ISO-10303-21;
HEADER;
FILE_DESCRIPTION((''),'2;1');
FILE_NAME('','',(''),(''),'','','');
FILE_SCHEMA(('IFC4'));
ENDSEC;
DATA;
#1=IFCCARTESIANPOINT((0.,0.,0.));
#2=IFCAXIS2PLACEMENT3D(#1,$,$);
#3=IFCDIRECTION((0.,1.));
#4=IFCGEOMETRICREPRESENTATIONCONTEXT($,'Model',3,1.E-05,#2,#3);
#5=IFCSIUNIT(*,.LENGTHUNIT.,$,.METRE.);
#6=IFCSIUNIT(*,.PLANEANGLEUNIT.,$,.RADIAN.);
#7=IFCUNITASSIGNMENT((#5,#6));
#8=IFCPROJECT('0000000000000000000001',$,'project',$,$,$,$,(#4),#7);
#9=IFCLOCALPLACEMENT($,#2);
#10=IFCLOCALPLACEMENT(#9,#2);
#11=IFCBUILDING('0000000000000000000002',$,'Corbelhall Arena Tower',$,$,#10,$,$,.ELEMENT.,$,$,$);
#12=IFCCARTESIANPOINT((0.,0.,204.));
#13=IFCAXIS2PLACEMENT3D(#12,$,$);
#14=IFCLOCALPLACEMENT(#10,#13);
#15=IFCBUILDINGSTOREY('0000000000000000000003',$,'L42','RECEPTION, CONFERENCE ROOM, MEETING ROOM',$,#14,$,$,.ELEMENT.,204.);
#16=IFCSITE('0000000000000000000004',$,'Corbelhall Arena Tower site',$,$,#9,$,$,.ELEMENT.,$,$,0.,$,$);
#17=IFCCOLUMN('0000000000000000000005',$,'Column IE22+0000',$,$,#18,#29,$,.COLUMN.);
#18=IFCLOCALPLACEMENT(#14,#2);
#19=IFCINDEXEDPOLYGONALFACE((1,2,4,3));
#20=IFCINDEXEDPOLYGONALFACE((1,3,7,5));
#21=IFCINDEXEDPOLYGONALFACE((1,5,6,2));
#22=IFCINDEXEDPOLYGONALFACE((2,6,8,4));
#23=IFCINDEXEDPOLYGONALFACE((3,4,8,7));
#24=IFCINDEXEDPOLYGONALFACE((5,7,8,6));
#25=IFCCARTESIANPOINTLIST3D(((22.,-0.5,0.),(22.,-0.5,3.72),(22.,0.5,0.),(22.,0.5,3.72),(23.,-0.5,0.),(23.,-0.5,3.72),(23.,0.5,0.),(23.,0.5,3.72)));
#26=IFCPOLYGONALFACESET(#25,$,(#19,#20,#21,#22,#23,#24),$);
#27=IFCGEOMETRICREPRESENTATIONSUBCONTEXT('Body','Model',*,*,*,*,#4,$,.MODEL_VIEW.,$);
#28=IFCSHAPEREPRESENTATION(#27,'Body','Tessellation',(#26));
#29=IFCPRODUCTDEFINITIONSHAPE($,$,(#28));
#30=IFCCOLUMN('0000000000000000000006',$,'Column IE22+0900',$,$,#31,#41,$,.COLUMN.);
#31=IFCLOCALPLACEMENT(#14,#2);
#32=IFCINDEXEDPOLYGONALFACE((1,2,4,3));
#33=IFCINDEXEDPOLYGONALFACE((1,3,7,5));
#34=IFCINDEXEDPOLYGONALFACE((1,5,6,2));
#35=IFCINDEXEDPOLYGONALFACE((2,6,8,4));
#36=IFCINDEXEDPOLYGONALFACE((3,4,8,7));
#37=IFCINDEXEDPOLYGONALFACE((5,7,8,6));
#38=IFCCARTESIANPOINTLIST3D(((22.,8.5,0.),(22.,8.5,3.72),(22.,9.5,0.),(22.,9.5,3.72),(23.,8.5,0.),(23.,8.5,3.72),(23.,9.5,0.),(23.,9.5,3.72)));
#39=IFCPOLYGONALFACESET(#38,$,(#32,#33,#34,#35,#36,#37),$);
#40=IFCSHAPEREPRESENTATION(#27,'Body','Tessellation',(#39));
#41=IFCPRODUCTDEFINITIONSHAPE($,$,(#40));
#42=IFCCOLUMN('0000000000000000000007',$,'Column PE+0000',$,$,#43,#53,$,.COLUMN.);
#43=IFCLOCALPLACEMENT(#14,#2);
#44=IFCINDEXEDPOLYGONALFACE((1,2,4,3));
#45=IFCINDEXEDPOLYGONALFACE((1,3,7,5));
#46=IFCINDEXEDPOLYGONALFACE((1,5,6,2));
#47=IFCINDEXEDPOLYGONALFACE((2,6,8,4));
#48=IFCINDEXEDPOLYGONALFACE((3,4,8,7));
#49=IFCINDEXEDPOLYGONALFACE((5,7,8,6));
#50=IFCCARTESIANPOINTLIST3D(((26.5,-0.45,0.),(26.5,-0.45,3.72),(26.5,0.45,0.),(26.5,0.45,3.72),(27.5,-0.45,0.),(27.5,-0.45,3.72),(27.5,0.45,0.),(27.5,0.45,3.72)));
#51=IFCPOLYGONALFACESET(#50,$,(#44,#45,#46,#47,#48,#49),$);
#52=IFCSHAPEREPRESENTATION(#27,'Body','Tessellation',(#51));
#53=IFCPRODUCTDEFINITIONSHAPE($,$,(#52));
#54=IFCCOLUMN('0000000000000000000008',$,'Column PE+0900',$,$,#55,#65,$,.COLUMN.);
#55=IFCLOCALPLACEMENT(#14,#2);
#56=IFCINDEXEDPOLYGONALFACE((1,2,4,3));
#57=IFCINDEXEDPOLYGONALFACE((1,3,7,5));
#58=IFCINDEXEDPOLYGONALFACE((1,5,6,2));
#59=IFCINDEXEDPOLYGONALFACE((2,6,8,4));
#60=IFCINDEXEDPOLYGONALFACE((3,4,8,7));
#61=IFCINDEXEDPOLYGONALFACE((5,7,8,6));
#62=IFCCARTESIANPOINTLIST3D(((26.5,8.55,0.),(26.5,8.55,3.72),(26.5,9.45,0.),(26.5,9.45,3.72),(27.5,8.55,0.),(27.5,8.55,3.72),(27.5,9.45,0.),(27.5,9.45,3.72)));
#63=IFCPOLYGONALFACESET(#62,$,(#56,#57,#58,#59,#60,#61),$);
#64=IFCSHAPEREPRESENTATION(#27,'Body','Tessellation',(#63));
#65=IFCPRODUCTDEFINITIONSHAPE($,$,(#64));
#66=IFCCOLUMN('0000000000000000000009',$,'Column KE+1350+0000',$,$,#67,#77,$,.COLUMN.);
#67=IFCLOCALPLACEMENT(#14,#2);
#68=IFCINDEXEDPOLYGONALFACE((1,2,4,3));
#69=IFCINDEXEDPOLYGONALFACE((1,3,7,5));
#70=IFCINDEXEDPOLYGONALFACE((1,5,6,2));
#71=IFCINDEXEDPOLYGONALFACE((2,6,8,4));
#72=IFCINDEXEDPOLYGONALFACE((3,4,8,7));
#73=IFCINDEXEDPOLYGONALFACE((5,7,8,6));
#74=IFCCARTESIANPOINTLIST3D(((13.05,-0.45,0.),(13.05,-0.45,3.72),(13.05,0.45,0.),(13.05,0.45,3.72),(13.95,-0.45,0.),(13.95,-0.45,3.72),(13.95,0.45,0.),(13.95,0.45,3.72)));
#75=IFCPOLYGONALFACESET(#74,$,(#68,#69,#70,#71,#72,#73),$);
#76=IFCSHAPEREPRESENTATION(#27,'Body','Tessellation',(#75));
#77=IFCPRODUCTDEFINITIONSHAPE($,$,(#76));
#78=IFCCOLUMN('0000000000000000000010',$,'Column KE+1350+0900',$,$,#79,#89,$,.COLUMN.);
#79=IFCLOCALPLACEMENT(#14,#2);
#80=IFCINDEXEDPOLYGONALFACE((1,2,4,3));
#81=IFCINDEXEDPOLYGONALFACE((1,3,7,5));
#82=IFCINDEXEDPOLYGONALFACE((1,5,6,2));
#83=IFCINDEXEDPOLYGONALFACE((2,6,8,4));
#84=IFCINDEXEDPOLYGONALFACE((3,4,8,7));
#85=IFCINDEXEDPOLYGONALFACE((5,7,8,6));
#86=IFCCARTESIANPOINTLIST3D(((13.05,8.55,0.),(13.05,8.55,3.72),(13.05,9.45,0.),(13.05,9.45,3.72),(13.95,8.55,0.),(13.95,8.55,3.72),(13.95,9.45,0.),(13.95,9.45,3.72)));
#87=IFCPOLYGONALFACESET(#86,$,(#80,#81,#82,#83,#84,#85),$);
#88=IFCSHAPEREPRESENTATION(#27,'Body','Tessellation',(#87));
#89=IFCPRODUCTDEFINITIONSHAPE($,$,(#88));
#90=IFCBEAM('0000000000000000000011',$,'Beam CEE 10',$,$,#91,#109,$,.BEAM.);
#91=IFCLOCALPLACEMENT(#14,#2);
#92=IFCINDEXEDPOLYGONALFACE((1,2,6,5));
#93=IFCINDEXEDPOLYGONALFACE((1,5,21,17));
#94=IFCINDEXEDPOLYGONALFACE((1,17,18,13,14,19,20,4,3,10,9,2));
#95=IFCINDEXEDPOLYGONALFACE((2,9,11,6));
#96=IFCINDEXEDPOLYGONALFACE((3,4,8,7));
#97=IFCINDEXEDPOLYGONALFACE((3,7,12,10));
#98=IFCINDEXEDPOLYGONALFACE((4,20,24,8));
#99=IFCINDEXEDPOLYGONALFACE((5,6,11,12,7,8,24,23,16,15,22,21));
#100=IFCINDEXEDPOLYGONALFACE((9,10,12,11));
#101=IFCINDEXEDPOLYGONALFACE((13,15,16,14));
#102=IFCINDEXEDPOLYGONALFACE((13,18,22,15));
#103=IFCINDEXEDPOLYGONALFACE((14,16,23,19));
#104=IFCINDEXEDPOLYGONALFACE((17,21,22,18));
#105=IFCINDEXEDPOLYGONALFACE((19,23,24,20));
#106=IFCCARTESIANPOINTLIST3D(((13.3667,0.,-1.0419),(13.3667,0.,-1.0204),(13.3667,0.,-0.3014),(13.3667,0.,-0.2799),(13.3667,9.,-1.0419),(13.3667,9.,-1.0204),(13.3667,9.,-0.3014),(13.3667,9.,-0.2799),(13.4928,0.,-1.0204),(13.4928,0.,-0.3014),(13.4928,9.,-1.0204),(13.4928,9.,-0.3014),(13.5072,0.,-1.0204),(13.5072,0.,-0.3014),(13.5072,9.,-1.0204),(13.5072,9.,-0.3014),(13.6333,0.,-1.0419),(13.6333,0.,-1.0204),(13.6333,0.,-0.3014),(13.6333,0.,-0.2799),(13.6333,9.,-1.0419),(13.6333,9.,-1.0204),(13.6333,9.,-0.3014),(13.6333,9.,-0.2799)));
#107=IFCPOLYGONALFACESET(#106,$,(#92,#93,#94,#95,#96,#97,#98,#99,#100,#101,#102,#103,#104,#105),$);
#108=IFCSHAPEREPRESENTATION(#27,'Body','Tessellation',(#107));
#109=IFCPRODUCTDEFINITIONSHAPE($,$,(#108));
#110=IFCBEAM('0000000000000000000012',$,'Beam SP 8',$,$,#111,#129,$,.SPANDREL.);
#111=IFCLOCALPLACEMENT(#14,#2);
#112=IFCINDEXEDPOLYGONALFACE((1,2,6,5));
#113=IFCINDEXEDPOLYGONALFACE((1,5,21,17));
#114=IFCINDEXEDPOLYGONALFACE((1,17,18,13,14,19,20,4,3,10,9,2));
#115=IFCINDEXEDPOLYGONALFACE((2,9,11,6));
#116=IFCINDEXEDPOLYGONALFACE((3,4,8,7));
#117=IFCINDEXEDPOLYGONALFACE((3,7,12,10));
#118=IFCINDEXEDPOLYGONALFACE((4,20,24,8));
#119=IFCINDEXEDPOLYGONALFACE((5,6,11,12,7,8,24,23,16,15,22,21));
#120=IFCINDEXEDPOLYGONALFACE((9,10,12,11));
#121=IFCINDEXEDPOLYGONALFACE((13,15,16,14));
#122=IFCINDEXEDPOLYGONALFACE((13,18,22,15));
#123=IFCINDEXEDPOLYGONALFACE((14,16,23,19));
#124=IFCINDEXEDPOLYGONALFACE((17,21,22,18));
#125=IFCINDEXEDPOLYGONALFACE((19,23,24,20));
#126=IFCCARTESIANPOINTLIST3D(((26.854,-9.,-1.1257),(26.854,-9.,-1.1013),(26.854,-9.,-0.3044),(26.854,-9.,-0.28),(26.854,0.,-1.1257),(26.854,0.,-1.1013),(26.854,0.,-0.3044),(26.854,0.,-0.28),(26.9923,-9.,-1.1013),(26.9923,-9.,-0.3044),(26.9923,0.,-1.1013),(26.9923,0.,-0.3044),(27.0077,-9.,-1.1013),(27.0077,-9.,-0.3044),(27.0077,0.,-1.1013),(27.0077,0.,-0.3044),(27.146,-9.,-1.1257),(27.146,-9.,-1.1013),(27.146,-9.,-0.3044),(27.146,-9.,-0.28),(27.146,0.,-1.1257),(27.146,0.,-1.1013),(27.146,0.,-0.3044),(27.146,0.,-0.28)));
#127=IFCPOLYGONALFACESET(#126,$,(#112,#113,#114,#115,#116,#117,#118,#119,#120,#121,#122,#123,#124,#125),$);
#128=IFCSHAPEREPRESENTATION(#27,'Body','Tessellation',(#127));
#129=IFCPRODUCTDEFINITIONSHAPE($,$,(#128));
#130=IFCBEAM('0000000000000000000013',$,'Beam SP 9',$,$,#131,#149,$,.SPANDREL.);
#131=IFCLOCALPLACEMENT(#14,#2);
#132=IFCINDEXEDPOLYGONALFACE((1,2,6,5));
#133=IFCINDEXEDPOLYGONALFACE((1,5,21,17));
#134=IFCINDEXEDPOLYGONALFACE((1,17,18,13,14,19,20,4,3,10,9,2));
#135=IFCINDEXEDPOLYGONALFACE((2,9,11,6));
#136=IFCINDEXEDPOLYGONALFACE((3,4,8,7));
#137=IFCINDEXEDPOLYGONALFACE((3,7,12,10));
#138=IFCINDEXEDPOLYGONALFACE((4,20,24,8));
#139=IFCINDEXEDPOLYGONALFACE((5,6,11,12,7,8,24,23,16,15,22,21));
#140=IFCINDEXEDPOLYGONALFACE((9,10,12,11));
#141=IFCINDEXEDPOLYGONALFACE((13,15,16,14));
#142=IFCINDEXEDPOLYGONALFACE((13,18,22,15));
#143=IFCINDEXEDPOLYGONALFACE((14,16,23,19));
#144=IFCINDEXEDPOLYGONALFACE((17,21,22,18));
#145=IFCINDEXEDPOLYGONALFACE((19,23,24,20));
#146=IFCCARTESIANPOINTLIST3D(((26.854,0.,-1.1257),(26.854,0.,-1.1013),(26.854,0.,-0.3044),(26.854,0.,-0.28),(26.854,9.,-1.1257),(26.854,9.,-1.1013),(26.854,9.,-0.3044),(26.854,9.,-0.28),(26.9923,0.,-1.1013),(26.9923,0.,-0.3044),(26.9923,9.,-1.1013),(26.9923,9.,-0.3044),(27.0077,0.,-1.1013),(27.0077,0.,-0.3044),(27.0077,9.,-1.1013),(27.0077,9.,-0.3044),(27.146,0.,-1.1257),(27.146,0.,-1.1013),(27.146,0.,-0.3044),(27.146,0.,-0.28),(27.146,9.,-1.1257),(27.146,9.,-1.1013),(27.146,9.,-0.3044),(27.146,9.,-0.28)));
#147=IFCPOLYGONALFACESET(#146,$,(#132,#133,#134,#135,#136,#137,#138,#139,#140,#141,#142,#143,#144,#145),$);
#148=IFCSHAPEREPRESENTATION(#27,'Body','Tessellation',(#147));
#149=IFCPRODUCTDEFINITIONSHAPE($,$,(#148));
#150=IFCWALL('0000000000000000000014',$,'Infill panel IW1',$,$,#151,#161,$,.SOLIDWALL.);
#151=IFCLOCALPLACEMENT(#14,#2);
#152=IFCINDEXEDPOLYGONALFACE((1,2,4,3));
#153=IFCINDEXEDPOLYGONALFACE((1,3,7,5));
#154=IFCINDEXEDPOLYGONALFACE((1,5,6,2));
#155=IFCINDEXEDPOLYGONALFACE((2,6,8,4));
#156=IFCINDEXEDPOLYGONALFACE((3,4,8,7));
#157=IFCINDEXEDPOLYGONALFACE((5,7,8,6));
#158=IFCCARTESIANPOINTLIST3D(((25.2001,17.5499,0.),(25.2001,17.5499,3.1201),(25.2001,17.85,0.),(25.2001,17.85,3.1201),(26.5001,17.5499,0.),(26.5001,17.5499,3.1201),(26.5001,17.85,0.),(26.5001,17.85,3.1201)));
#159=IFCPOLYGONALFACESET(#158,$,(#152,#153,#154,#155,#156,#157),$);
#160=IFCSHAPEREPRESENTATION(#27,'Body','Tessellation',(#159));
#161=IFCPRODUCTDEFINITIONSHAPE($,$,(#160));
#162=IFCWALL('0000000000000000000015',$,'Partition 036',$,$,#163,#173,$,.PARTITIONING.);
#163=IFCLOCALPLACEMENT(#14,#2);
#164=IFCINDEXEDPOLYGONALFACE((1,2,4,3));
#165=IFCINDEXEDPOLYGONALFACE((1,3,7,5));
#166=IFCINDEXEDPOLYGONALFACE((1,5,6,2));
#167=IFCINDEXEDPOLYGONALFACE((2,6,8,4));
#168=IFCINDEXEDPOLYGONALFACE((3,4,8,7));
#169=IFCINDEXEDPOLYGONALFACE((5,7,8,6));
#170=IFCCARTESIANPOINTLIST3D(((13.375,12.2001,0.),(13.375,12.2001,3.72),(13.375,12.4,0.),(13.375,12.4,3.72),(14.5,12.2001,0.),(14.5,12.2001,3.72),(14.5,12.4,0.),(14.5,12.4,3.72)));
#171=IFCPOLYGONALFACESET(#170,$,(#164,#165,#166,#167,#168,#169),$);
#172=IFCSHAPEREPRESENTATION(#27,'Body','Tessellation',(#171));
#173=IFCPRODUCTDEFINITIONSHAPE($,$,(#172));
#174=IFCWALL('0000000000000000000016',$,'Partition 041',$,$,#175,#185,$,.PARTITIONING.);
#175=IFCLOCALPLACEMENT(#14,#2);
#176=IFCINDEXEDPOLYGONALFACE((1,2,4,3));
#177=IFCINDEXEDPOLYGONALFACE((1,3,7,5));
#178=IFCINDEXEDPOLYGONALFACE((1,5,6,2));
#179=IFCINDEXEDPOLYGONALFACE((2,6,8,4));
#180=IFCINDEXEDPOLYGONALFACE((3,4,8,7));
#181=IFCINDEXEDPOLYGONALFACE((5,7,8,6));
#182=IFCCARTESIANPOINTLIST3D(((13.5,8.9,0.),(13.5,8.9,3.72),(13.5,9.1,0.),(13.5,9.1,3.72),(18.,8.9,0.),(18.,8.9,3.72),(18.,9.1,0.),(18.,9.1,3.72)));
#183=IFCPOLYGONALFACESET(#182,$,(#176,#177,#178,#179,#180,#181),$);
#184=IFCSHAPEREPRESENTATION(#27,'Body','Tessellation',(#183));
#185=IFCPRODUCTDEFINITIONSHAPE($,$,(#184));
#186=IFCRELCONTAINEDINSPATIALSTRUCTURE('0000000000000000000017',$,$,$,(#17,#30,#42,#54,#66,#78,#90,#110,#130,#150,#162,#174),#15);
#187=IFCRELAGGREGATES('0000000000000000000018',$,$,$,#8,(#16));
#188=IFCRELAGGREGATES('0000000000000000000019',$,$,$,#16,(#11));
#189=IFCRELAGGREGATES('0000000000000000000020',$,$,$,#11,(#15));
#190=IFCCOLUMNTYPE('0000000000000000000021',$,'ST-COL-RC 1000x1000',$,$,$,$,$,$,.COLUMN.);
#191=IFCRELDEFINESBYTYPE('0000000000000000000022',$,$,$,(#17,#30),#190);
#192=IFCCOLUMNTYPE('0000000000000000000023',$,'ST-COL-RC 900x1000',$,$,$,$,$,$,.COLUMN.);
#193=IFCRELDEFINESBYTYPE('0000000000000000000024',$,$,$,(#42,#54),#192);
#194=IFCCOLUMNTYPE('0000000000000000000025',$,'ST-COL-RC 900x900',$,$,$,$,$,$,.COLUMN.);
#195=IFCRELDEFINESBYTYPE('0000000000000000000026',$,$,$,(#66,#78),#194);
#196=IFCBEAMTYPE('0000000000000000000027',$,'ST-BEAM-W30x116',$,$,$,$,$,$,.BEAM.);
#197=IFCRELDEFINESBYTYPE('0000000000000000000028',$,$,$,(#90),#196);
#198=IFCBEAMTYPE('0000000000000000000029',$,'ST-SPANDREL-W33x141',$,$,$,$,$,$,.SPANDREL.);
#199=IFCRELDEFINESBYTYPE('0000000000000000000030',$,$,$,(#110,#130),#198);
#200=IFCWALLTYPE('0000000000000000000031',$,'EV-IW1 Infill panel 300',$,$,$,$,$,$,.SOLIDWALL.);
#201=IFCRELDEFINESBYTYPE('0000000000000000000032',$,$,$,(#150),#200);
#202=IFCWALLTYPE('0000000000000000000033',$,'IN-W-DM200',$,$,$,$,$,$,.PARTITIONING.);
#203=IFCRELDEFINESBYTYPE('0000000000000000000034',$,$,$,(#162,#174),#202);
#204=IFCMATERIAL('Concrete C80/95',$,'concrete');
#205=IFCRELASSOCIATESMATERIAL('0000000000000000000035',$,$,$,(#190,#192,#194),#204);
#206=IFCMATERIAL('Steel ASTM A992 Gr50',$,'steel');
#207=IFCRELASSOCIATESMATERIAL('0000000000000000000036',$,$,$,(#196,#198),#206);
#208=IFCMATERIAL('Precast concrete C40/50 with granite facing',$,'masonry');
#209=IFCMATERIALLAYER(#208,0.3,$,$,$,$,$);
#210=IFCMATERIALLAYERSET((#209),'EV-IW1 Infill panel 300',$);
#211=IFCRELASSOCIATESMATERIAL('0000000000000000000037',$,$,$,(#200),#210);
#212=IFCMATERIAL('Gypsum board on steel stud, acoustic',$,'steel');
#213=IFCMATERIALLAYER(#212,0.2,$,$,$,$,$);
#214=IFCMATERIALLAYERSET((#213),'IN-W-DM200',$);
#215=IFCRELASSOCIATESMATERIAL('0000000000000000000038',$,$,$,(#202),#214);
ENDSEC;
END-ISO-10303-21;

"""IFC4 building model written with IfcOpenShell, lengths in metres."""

from ifc_helpers import new_model, si_unit, direction, frame, frame_2d, origin, origin_2d, place, context, subcontext, project, spatial, rectangle, i_section, extrude, material, layer, layer_set, material_profile, profile_set, type_object, element, save


model = new_model("IFC4")

# Units and contexts
model_context = context("Model", 3, precision=1e-05, world=origin(), true_north=direction((0.0, 1.0)))
body_context = subcontext(model_context, "Body", "Model", "MODEL_VIEW")
ifc_project = project(units=[si_unit("LENGTHUNIT", "METRE"), si_unit("PLANEANGLEUNIT", "RADIAN")], contexts=[model_context])

# Site, building, storey
site_placement = place(None, origin())
site = spatial("IfcSite", under=ifc_project, at=site_placement, Name="Corbelhall Arena Tower site", CompositionType="ELEMENT", RefElevation=0.0)
building_placement = place(site_placement, origin())
building = spatial("IfcBuilding", under=site, at=building_placement, Name="Corbelhall Arena Tower", CompositionType="ELEMENT")
storey_placement = place(building_placement, frame((0.0, 0.0, 204.0)))
storey = spatial("IfcBuildingStorey", under=building, at=storey_placement, Name="L42", Description="RECEPTION, CONFERENCE ROOM, MEETING ROOM", CompositionType="ELEMENT", Elevation=204.0)

# Columns
ifc_material_1 = material(Name="Concrete C80/95", Category="concrete")
ifc_material_profile_1 = material_profile(ifc_material_1, rectangle(XDim=1.0, YDim=1.0, at=origin_2d()))
ifc_profile_set_1 = profile_set([ifc_material_profile_1], Name="Concrete C80/95")
column_type_1 = type_object("IfcColumnType", Name="ST-COL-RC 1000x1000", PredefinedType="COLUMN", material=ifc_profile_set_1)
for number, where, z_axis, x_axis, name in (
    (1, (22.5, 0.0, 0.0), (0.0, 0.0, 1.0), (1.0, 0.0, 0.0), "Column IE22+0000"),
    (2, (22.5, 9.0, 0.0), (0.0, 0.0, 1.0), (1.0, 0.0, 0.0), "Column IE22+0900"),
):
    element("IfcColumn", number, at=place(storey_placement, frame(where, z_axis=z_axis, x_axis=x_axis)), inside=storey, type_object=column_type_1, Name=name, PredefinedType="COLUMN", context=body_context, shape_type="SweptSolid", body=[
        extrude(rectangle(XDim=1.0, YDim=1.0, at=origin_2d()), origin(), (0.0, 0.0, 1.0), 3.72),
    ])
ifc_material_profile_2 = material_profile(ifc_material_1, rectangle(XDim=0.8999, YDim=1.0, at=origin_2d()))
ifc_profile_set_2 = profile_set([ifc_material_profile_2], Name="Concrete C80/95")
column_type_2 = type_object("IfcColumnType", Name="ST-COL-RC 900x1000", PredefinedType="COLUMN", material=ifc_profile_set_2)
for number, where, z_axis, x_axis, name in (
    (3, (27.0, 0.0, 0.0), (0.0, 0.0, 1.0), (0.0, 1.0, 0.0), "Column PE+0000"),
    (4, (27.0, 9.0, 0.0), (0.0, 0.0, 1.0), (0.0, 1.0, 0.0), "Column PE+0900"),
):
    element("IfcColumn", number, at=place(storey_placement, frame(where, z_axis=z_axis, x_axis=x_axis)), inside=storey, type_object=column_type_2, Name=name, PredefinedType="COLUMN", context=body_context, shape_type="SweptSolid", body=[
        extrude(rectangle(XDim=0.8999, YDim=1.0, at=origin_2d()), origin(), (0.0, 0.0, 1.0), 3.72),
    ])
ifc_material_profile_3 = material_profile(ifc_material_1, rectangle(XDim=0.8999, YDim=0.8999, at=origin_2d()))
ifc_profile_set_3 = profile_set([ifc_material_profile_3], Name="Concrete C80/95")
column_type_3 = type_object("IfcColumnType", Name="ST-COL-RC 900x900", PredefinedType="COLUMN", material=ifc_profile_set_3)
for number, where, z_axis, x_axis, name in (
    (5, (13.5, 0.0, 0.0), (0.0, 0.0, 1.0), (1.0, 0.0, 0.0), "Column KE+1350+0000"),
    (6, (13.5, 9.0, 0.0), (0.0, 0.0, 1.0), (1.0, 0.0, 0.0), "Column KE+1350+0900"),
):
    element("IfcColumn", number, at=place(storey_placement, frame(where, z_axis=z_axis, x_axis=x_axis)), inside=storey, type_object=column_type_3, Name=name, PredefinedType="COLUMN", context=body_context, shape_type="SweptSolid", body=[
        extrude(rectangle(XDim=0.8999, YDim=0.8999, at=origin_2d()), origin(), (0.0, 0.0, 1.0), 3.72),
    ])

# Beams
ifc_material_2 = material(Name="Steel ASTM A992 Gr50", Category="steel")
ifc_material_profile_4 = material_profile(ifc_material_2, i_section(OverallWidth=0.2666, OverallDepth=0.762, WebThickness=0.0144, FlangeThickness=0.0215, at=origin_2d()))
ifc_profile_set_4 = profile_set([ifc_material_profile_4], Name="Steel ASTM A992 Gr50")
beam_type_1 = type_object("IfcBeamType", Name="ST-BEAM-W30x116", PredefinedType="BEAM", material=ifc_profile_set_4)
beam_placement = place(storey_placement, frame((13.5, 0.0, -0.6609), z_axis=(0.0, 1.0, 0.0), x_axis=(-1.0, 0.0, 0.0)))
element("IfcBeam", 7, at=beam_placement, inside=storey, type_object=beam_type_1, Name="Beam CEE 10", PredefinedType="BEAM", context=body_context, shape_type="SweptSolid", body=[
    extrude(i_section(OverallWidth=0.2666, OverallDepth=0.762, WebThickness=0.0144, FlangeThickness=0.0215, at=origin_2d()), origin(), (0.0, 0.0, 1.0), 9.0),
])
ifc_material_profile_5 = material_profile(ifc_material_2, i_section(OverallWidth=0.292, OverallDepth=0.8457, WebThickness=0.0154, FlangeThickness=0.0244, at=origin_2d()))
ifc_profile_set_5 = profile_set([ifc_material_profile_5], Name="Steel ASTM A992 Gr50")
beam_type_2 = type_object("IfcBeamType", Name="ST-SPANDREL-W33x141", PredefinedType="SPANDREL", material=ifc_profile_set_5)
for number, where, z_axis, x_axis, name in (
    (8, (27.0, 0.0, -0.7029), (0.0, -1.0, 0.0), (1.0, 0.0, 0.0), "Beam SP 8"),
    (9, (27.0, 9.0, -0.7029), (0.0, -1.0, 0.0), (1.0, 0.0, 0.0), "Beam SP 9"),
):
    element("IfcBeam", number, at=place(storey_placement, frame(where, z_axis=z_axis, x_axis=x_axis)), inside=storey, type_object=beam_type_2, Name=name, PredefinedType="SPANDREL", context=body_context, shape_type="SweptSolid", body=[
        extrude(i_section(OverallWidth=0.292, OverallDepth=0.8457, WebThickness=0.0154, FlangeThickness=0.0244, at=origin_2d()), origin(), (0.0, 0.0, 1.0), 9.0),
    ])

# Shared definitions
ifc_material_3 = material(Name="Precast concrete C40/50 with granite facing", Category="masonry")
ifc_layer_1 = layer(ifc_material_3, 0.3)
ifc_layer_set_1 = layer_set([ifc_layer_1], Name="EV-IW1 Infill panel 300")
wall_type_1 = type_object("IfcWallType", Name="EV-IW1 Infill panel 300", PredefinedType="SOLIDWALL", material=ifc_layer_set_1)

# Walls
wall_1_placement = place(storey_placement, frame((26.5, 17.7, 0.0), z_axis=(0.0, 0.0, 1.0), x_axis=(-1.0, 0.0, 0.0)))
element("IfcWall", 10, at=wall_1_placement, inside=storey, type_object=wall_type_1, Name="Infill panel IW1", PredefinedType="SOLIDWALL", context=body_context, shape_type="SweptSolid", body=[
    extrude(rectangle(XDim=1.3, YDim=0.3, at=frame_2d((0.6499, 0.0))), origin(), (0.0, 0.0, 1.0), 3.1201),
])
ifc_material_4 = material(Name="Gypsum board on steel stud, acoustic", Category="steel")
ifc_layer_2 = layer(ifc_material_4, 0.2)
ifc_layer_set_2 = layer_set([ifc_layer_2], Name="IN-W-DM200")
wall_type_2 = type_object("IfcWallType", Name="IN-W-DM200", PredefinedType="PARTITIONING", material=ifc_layer_set_2)
wall_2_placement = place(storey_placement, frame((13.375, 12.3, 0.0), z_axis=(0.0, 0.0, 1.0), x_axis=(1.0, 0.0, 0.0)))
element("IfcWall", 11, at=wall_2_placement, inside=storey, type_object=wall_type_2, Name="Partition 036", PredefinedType="PARTITIONING", context=body_context, shape_type="SweptSolid", body=[
    extrude(rectangle(XDim=1.125, YDim=0.2, at=frame_2d((0.5625, 0.0))), origin(), (0.0, 0.0, 1.0), 3.72),
])
wall_3_placement = place(storey_placement, frame((18.0, 9.0, 0.0), z_axis=(0.0, 0.0, 1.0), x_axis=(-1.0, 0.0, 0.0)))
element("IfcWall", 12, at=wall_3_placement, inside=storey, type_object=wall_type_2, Name="Partition 041", PredefinedType="PARTITIONING", context=body_context, shape_type="SweptSolid", body=[
    extrude(rectangle(XDim=4.5, YDim=0.2, at=frame_2d((2.25, 0.0))), origin(), (0.0, 0.0, 1.0), 3.72),
])

save(model, "model.ifc")
